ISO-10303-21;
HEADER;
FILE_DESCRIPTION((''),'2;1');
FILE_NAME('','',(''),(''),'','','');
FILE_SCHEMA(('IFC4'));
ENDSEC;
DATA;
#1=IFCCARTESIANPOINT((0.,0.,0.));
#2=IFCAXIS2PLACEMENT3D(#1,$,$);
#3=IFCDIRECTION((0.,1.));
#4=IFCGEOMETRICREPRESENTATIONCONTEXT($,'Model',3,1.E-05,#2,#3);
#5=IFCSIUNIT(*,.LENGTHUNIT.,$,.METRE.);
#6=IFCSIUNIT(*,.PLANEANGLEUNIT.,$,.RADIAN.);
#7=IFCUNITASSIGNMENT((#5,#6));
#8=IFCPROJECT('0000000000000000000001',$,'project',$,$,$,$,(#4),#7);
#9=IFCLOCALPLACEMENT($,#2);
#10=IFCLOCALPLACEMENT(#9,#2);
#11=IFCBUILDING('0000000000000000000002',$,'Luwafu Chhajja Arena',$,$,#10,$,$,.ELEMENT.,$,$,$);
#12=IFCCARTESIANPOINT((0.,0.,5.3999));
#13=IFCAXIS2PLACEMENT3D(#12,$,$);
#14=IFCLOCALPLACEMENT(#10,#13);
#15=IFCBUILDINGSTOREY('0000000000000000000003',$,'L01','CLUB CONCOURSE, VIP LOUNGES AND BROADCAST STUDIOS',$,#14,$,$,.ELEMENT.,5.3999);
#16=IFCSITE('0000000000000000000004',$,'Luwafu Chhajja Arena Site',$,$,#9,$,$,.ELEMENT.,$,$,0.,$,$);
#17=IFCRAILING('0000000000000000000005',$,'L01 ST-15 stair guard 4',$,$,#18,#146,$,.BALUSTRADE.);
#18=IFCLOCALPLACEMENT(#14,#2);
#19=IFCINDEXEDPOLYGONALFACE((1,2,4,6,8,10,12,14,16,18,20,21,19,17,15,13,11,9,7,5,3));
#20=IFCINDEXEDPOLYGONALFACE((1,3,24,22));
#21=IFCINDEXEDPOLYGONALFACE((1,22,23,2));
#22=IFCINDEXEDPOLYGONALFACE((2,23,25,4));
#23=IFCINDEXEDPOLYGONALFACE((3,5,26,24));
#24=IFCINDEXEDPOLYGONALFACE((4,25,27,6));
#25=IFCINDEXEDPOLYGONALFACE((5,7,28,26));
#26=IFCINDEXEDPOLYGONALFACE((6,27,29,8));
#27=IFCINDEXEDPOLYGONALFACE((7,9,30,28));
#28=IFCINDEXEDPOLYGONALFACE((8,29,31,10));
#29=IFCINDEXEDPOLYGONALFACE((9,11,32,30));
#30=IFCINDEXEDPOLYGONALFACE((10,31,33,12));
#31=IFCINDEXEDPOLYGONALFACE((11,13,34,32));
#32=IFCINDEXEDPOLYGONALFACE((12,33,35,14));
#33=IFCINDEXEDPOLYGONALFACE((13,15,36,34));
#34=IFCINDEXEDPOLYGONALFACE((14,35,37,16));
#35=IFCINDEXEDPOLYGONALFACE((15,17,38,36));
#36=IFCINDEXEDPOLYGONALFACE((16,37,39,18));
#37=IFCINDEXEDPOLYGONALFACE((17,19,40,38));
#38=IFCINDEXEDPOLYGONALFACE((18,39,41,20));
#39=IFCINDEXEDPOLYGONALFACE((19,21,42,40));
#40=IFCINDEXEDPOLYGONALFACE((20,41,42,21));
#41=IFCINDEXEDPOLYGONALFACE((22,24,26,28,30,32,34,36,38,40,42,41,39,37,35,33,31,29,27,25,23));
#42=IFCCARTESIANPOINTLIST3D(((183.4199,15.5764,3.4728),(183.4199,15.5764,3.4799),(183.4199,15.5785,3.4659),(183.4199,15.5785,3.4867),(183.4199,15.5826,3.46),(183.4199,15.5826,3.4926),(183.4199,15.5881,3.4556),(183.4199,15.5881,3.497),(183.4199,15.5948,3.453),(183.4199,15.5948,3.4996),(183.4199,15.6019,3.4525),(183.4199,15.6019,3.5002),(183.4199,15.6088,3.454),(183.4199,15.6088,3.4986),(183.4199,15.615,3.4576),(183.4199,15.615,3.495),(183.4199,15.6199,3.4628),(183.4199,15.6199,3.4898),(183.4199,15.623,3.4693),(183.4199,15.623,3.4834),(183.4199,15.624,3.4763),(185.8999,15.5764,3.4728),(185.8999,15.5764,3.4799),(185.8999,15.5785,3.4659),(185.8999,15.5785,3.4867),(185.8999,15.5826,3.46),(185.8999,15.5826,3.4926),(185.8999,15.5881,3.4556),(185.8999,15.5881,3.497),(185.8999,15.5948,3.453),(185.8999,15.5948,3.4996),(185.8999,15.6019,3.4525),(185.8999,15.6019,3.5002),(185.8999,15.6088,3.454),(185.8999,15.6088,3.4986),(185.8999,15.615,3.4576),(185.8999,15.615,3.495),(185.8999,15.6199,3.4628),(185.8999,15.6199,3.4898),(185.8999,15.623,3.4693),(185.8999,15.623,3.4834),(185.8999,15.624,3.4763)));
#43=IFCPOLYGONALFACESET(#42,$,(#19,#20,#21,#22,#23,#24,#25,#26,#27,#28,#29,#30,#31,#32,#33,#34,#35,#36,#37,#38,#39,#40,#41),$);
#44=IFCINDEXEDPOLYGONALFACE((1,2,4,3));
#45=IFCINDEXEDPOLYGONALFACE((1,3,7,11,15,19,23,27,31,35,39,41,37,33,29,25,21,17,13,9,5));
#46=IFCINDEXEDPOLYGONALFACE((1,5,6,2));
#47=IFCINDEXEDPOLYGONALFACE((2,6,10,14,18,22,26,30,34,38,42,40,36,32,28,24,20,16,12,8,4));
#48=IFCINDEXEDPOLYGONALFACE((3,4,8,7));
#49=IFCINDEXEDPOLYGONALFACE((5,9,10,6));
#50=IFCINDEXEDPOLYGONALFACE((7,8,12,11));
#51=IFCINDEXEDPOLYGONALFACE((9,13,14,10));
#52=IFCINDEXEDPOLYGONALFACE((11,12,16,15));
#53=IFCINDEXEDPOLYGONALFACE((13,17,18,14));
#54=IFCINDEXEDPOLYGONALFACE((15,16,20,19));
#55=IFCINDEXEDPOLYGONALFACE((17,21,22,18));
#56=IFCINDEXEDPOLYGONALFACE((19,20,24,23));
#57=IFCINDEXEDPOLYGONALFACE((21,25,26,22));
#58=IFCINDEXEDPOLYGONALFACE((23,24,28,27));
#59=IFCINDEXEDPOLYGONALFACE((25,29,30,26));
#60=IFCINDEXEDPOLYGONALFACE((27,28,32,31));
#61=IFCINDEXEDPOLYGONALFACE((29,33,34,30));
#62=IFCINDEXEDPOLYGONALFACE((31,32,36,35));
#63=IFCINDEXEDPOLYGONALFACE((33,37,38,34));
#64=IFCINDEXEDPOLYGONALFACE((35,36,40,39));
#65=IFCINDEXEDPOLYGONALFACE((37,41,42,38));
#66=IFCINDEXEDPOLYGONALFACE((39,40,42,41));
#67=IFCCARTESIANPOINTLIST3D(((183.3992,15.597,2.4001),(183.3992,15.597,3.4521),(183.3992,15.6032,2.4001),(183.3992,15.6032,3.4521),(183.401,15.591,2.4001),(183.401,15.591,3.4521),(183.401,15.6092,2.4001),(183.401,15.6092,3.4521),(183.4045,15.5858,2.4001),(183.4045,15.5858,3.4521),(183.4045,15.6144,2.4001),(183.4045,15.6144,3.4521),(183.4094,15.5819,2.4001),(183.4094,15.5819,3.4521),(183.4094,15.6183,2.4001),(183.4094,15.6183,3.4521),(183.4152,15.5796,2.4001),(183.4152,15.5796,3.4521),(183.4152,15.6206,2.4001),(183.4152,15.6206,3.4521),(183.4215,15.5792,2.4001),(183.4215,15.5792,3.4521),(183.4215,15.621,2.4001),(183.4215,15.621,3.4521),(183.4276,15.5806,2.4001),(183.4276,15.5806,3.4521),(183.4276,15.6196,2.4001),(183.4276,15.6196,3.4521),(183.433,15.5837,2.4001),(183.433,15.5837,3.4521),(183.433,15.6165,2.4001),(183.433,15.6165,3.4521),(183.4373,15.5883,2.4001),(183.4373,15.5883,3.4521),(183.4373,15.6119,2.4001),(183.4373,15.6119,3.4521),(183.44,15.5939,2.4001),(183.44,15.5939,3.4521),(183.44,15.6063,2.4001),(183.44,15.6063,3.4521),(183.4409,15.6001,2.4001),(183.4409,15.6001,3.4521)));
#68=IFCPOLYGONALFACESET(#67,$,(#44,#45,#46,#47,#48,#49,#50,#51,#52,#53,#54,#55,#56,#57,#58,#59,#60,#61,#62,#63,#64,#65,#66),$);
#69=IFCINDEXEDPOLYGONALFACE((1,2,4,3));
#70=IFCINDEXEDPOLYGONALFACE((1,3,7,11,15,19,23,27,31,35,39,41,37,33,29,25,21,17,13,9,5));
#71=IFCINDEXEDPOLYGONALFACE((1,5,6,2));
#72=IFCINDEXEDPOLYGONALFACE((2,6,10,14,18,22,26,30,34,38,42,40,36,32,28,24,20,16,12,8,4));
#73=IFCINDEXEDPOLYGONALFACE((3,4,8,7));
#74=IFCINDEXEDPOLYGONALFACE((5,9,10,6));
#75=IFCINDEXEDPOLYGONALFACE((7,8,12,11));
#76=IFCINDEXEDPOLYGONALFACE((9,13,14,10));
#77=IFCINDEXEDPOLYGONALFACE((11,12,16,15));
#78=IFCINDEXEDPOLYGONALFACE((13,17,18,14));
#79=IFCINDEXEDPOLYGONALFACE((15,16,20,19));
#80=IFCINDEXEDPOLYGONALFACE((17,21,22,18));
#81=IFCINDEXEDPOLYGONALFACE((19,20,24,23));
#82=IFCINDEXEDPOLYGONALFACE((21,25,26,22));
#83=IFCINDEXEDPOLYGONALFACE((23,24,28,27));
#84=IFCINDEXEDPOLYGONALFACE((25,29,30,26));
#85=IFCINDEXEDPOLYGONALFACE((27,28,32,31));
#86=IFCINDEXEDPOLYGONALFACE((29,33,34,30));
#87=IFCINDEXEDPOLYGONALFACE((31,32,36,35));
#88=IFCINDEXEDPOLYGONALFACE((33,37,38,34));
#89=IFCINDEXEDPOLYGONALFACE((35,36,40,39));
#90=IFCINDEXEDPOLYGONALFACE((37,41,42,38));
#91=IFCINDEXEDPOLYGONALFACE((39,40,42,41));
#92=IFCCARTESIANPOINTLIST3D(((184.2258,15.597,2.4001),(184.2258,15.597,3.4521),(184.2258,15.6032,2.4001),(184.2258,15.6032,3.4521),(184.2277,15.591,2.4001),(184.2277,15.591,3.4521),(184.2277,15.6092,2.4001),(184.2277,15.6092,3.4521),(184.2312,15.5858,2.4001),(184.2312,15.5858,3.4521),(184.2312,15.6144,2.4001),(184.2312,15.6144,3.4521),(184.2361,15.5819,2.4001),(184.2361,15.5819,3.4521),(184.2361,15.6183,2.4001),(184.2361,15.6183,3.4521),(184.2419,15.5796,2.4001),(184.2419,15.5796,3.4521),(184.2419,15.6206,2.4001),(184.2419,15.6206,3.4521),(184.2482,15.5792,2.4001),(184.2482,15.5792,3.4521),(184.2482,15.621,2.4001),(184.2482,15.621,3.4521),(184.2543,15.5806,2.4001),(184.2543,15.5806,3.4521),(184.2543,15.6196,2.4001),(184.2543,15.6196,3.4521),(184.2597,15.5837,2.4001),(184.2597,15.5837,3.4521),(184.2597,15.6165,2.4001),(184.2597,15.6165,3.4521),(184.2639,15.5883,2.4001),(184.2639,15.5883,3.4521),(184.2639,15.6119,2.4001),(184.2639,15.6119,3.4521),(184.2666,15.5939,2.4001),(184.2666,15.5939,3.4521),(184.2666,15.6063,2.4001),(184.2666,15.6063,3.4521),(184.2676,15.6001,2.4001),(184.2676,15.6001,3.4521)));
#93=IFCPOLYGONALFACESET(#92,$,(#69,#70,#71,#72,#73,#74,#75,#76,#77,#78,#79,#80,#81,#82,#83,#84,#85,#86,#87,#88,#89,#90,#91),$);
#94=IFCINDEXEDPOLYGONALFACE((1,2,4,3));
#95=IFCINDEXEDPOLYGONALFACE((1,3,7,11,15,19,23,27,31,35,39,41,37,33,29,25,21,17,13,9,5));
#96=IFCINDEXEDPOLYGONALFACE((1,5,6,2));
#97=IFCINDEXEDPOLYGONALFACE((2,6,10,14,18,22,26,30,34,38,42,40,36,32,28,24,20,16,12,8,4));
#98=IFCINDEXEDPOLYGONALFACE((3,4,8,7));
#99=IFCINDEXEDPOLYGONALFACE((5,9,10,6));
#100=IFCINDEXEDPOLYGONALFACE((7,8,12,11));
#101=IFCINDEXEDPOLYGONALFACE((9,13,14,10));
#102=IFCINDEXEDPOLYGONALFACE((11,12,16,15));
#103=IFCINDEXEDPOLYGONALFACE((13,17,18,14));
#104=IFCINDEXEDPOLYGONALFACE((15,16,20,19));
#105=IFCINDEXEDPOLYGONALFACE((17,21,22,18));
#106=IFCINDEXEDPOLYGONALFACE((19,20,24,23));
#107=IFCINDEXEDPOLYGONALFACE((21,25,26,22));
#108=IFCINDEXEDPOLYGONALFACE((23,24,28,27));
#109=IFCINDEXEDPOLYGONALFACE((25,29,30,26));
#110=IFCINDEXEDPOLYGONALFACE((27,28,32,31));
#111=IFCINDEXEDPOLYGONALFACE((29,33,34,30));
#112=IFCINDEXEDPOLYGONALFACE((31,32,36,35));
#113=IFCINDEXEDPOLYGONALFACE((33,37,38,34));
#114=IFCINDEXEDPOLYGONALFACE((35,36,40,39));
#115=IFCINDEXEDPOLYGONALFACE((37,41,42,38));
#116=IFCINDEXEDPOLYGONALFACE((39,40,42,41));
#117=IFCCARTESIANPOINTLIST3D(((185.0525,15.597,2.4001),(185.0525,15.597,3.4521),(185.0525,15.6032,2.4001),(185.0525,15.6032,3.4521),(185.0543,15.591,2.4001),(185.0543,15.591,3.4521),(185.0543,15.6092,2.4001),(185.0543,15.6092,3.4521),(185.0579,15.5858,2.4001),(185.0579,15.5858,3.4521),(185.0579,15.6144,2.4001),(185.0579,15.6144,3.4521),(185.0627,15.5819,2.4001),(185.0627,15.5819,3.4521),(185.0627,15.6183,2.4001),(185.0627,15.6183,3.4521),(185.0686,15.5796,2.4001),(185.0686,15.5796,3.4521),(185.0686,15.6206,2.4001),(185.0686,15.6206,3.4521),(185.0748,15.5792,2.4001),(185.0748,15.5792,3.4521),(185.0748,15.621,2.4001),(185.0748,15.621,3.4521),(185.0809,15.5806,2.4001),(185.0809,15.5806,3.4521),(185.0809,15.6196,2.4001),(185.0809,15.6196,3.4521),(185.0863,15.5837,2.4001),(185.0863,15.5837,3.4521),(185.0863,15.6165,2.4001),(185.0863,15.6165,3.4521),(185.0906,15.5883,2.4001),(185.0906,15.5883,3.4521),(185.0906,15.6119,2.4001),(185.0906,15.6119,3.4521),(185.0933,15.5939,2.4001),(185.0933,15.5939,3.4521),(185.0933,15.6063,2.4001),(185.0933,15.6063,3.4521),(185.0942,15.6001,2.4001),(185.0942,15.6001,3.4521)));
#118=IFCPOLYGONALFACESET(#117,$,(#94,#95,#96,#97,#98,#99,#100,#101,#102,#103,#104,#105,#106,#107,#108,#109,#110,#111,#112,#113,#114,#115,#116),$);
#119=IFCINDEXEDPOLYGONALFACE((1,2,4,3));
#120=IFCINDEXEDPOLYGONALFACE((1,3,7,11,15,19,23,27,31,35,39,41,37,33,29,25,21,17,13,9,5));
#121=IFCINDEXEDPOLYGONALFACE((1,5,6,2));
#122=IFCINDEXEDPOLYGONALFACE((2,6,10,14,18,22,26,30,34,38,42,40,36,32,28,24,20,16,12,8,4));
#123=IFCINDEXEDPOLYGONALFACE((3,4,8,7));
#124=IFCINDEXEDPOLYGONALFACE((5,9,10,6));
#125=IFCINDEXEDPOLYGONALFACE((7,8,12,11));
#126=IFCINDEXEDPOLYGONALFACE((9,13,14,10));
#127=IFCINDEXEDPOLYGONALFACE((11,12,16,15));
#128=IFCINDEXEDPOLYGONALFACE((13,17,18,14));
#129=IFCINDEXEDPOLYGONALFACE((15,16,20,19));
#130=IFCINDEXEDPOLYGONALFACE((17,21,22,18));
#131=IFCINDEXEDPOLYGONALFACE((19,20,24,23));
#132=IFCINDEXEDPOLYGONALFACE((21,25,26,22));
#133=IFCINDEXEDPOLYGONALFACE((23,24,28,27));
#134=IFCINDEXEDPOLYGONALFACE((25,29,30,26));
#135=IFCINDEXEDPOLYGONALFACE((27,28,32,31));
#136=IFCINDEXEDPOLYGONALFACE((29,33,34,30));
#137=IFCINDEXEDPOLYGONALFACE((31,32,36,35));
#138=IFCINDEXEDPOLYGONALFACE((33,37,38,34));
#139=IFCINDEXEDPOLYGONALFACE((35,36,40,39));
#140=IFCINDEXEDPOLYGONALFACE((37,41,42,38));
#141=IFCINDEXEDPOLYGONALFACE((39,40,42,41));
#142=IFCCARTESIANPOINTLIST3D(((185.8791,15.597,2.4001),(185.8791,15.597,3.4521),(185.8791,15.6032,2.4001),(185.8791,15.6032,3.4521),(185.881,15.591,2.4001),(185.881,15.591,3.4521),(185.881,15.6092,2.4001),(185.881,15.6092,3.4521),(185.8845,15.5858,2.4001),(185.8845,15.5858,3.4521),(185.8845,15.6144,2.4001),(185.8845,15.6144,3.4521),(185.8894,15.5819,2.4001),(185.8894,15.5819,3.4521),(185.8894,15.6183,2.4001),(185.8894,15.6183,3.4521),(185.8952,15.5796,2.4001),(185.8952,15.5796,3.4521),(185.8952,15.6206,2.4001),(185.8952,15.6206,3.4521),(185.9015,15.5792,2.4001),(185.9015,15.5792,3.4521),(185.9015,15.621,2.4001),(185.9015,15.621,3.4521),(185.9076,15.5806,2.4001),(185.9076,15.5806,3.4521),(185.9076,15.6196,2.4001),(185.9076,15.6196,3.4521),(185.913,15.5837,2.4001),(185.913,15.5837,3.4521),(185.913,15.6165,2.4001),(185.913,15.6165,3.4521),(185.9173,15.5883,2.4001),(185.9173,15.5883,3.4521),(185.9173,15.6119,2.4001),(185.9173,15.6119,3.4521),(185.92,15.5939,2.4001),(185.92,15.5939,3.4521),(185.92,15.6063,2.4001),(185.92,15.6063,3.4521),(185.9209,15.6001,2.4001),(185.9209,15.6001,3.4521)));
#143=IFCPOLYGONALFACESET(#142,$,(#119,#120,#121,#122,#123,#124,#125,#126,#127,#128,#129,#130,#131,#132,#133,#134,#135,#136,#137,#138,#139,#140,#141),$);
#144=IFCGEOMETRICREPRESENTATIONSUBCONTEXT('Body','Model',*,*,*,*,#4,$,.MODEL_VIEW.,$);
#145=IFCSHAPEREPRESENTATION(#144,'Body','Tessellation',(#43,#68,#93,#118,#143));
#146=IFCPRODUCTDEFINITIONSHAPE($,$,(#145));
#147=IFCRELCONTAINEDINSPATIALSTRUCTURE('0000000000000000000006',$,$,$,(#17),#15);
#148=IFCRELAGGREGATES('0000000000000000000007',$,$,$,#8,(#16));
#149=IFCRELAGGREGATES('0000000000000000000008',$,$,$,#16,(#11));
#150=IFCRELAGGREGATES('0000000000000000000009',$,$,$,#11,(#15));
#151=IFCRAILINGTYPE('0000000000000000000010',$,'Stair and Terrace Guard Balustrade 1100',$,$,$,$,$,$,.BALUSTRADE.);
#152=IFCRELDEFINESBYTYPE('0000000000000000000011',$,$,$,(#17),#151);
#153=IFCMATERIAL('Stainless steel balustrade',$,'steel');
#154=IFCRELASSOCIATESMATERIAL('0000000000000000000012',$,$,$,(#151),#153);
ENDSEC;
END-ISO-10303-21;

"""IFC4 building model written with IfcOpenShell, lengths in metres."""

from ifc_helpers import new_model, si_unit, direction, frame, origin, origin_2d, place, context, subcontext, project, spatial, circle, extrude, material, type_object, element, save


model = new_model("IFC4")

# Units and contexts
model_context = context("Model", 3, precision=1e-05, world=origin(), true_north=direction((0.0, 1.0)))
body_context = subcontext(model_context, "Body", "Model", "MODEL_VIEW")
ifc_project = project(units=[si_unit("LENGTHUNIT", "METRE"), si_unit("PLANEANGLEUNIT", "RADIAN")], contexts=[model_context])

# Site, building, storey
site_placement = place(None, origin())
site = spatial("IfcSite", under=ifc_project, at=site_placement, Name="Luwafu Chhajja Arena Site", CompositionType="ELEMENT", RefElevation=0.0)
building_placement = place(site_placement, origin())
building = spatial("IfcBuilding", under=site, at=building_placement, Name="Luwafu Chhajja Arena", CompositionType="ELEMENT")
storey_placement = place(building_placement, frame((0.0, 0.0, 5.3999)))
storey = spatial("IfcBuildingStorey", under=building, at=storey_placement, Name="L01", Description="CLUB CONCOURSE, VIP LOUNGES AND BROADCAST STUDIOS", CompositionType="ELEMENT", Elevation=5.3999)

# Railing
ifc_material_1 = material(Name="Stainless steel balustrade", Category="steel")
railing_type_1 = type_object("IfcRailingType", Name="Stair and Terrace Guard Balustrade 1100", PredefinedType="BALUSTRADE", material=ifc_material_1)
for number, where, name in (
    (1, (183.4199, 15.6001, 2.4001), "L01 ST-15 stair guard 4"),
):
    element("IfcRailing", number, at=place(storey_placement, frame(where)), inside=storey, type_object=railing_type_1, Name=name, PredefinedType="BALUSTRADE", context=body_context, shape_type="SweptSolid", body=[
        extrude(circle(Radius=0.0239, at=origin_2d()), frame((0.0, 0.0, 1.0762), z_axis=(1.0, 0.0, 0.0), x_axis=(0.0, 1.0, 0.0)), (0.0, 0.0, 1.0), 2.48),
        extrude(circle(Radius=0.021, at=origin_2d()), origin(), (0.0, 0.0, 1.0), 1.052),
        extrude(circle(Radius=0.021, at=origin_2d()), frame((0.8267, 0.0, 0.0)), (0.0, 0.0, 1.0), 1.052),
        extrude(circle(Radius=0.021, at=origin_2d()), frame((1.6533, 0.0, 0.0)), (0.0, 0.0, 1.0), 1.052),
        extrude(circle(Radius=0.021, at=origin_2d()), frame((2.48, 0.0, 0.0)), (0.0, 0.0, 1.0), 1.052),
    ])

save(model, "model.ifc")
